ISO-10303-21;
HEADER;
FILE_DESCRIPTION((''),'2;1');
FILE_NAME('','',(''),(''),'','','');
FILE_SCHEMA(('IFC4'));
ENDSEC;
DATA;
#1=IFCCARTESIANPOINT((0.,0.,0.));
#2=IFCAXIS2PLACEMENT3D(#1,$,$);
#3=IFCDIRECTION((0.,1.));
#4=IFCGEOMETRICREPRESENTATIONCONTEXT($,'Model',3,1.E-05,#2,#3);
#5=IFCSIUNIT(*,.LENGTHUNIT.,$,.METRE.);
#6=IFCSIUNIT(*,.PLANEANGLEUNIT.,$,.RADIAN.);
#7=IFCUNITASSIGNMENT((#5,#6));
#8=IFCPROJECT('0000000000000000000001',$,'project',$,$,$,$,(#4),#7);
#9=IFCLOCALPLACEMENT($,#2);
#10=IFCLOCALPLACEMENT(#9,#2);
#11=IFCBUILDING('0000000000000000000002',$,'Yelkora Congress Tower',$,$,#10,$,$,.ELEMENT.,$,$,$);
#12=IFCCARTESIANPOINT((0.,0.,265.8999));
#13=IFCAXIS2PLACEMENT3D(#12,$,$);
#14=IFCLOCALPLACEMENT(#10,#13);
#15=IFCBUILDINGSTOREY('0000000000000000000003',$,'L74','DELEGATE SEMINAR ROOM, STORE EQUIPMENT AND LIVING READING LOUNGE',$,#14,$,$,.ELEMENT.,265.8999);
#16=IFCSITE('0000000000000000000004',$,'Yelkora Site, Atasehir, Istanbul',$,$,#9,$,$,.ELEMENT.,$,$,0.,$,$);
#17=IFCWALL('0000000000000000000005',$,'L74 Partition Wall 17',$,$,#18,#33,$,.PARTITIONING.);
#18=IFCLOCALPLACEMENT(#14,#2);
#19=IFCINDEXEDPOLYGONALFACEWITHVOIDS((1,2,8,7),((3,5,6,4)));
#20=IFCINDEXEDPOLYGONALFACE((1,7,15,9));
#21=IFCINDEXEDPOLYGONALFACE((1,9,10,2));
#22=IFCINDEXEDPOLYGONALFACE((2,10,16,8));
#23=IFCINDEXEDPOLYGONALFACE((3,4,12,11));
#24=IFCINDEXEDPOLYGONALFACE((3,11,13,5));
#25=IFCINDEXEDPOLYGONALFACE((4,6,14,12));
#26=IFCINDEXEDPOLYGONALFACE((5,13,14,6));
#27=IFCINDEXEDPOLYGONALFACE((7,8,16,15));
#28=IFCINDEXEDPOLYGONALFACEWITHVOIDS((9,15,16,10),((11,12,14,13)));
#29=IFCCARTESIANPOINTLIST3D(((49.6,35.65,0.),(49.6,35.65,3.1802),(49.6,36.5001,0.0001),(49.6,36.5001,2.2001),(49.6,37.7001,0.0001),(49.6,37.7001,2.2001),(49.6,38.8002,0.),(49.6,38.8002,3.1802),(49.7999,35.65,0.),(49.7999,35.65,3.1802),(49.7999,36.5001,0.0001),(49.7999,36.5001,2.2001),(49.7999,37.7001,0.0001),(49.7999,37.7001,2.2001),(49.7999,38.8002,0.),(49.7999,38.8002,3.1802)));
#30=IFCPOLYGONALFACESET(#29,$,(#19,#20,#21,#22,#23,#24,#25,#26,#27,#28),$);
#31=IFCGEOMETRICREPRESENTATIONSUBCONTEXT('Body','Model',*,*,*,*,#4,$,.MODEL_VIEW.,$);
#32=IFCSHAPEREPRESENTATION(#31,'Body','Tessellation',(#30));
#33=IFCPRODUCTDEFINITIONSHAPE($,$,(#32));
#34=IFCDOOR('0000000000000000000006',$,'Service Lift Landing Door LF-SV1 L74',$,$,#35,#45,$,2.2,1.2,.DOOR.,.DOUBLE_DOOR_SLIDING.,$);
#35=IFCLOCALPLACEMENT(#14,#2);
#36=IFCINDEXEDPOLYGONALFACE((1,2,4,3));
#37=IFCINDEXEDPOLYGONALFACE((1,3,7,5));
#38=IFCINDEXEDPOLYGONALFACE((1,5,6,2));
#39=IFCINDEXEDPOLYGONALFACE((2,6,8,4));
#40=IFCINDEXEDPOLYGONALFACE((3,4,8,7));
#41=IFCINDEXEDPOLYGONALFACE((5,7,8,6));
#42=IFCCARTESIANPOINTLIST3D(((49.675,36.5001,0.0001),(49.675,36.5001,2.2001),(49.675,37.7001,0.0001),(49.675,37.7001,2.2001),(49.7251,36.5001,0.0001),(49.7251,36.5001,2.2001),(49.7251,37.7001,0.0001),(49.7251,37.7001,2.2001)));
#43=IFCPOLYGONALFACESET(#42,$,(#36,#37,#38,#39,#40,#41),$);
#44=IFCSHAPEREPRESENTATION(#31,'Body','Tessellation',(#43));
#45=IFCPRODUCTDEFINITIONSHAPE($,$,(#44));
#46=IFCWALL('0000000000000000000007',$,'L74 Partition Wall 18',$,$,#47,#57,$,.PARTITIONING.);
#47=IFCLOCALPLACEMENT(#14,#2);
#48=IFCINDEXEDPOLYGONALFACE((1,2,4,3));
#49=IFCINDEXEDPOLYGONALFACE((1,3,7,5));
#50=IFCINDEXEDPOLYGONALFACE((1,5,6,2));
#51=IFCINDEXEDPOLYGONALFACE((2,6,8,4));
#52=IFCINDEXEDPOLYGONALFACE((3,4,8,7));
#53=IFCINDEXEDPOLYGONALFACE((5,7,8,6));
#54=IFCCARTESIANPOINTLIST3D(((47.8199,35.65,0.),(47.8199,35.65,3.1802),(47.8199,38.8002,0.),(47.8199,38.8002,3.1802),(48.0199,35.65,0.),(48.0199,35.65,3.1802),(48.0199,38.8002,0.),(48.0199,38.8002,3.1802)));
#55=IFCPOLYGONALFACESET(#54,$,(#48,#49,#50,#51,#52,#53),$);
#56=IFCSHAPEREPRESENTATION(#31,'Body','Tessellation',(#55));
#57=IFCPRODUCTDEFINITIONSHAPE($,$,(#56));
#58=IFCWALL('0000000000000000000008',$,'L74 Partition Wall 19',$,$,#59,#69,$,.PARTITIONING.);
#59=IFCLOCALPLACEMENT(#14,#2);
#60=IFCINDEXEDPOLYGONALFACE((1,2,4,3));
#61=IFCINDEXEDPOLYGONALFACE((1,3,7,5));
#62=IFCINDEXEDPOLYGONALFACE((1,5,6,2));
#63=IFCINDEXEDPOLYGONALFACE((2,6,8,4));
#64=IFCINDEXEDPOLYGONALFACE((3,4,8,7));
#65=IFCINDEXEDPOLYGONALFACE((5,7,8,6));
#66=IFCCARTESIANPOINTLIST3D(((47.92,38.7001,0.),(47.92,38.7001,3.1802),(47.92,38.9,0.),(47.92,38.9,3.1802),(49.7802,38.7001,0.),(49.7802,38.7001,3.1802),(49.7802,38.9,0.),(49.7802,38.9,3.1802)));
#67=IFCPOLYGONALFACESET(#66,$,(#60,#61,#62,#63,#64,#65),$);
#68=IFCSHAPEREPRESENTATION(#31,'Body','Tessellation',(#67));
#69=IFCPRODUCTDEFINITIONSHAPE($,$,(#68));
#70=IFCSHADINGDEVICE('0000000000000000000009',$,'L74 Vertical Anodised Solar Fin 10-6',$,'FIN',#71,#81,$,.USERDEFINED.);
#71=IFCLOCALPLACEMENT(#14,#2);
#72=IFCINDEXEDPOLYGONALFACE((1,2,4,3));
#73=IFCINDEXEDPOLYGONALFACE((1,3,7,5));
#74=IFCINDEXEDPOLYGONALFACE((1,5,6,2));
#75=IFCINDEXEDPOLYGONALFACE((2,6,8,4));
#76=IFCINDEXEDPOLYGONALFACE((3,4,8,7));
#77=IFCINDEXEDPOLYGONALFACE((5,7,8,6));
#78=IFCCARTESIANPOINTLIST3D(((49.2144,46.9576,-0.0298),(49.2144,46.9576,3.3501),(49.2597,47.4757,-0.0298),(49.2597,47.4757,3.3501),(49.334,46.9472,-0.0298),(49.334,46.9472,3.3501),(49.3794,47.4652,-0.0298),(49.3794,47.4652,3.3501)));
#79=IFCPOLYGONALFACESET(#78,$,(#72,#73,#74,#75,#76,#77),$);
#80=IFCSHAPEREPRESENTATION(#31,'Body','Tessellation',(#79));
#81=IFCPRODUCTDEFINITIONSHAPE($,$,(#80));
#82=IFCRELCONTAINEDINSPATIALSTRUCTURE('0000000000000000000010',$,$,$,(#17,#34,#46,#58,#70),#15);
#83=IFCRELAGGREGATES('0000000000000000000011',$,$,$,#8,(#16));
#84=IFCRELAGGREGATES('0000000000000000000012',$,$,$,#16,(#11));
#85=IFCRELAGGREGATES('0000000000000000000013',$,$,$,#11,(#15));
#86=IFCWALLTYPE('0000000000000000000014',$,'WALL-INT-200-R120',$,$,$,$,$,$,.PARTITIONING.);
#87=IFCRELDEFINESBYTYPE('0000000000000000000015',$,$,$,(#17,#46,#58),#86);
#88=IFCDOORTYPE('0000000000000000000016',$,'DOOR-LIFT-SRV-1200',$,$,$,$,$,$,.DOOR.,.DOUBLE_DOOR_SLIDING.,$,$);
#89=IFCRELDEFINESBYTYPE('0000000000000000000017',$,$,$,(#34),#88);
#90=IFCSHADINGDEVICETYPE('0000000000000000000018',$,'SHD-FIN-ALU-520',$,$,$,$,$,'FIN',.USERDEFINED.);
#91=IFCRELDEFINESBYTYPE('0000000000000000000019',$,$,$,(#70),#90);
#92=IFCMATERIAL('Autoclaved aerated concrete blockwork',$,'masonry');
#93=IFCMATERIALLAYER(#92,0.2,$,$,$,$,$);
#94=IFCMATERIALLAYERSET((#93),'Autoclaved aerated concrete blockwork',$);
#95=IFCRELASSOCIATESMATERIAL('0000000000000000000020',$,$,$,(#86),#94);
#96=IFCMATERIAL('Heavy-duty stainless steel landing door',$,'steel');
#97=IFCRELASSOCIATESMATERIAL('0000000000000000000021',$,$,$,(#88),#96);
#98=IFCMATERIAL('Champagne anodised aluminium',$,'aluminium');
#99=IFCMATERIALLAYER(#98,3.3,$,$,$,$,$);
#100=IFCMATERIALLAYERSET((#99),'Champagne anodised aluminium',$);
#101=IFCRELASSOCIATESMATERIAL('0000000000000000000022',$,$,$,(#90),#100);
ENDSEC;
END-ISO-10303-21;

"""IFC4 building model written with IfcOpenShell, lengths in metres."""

from ifc_helpers import new_model, si_unit, direction, frame, frame_2d, origin, origin_2d, place, context, subcontext, project, spatial, rectangle, extrude, material, layer, layer_set, type_object, element, fill, save


model = new_model("IFC4")

# Units and contexts
model_context = context("Model", 3, precision=1e-05, world=origin(), true_north=direction((0.0, 1.0)))
body_context = subcontext(model_context, "Body", "Model", "MODEL_VIEW")
ifc_project = project(units=[si_unit("LENGTHUNIT", "METRE"), si_unit("PLANEANGLEUNIT", "RADIAN")], contexts=[model_context])

# Site, building, storey
site_placement = place(None, origin())
site = spatial("IfcSite", under=ifc_project, at=site_placement, Name="Yelkora Site, Atasehir, Istanbul", CompositionType="ELEMENT", RefElevation=0.0)
building_placement = place(site_placement, origin())
building = spatial("IfcBuilding", under=site, at=building_placement, Name="Yelkora Congress Tower", CompositionType="ELEMENT")
storey_placement = place(building_placement, frame((0.0, 0.0, 265.8999)))
storey = spatial("IfcBuildingStorey", under=building, at=storey_placement, Name="L74", Description="DELEGATE SEMINAR ROOM, STORE EQUIPMENT AND LIVING READING LOUNGE", CompositionType="ELEMENT", Elevation=265.8999)

# Wall, opening, door
ifc_material_1 = material(Name="Autoclaved aerated concrete blockwork", Category="masonry")
ifc_layer_1 = layer(ifc_material_1, 0.2)
ifc_layer_set_1 = layer_set([ifc_layer_1], Name="Autoclaved aerated concrete blockwork")
wall_type_1 = type_object("IfcWallType", Name="WALL-INT-200-R120", PredefinedType="PARTITIONING", material=ifc_layer_set_1)
wall_1_placement = place(storey_placement, frame((49.7, 35.6499, 0.0), z_axis=(0.0, 0.0, 1.0), x_axis=(0.0, 1.0, 0.0)))
wall_1 = element("IfcWall", 1, at=wall_1_placement, inside=storey, type_object=wall_type_1, Name="L74 Partition Wall 17", PredefinedType="PARTITIONING", context=body_context, shape_type="SweptSolid", body=[
    extrude(rectangle(XDim=3.1501, YDim=0.2, at=frame_2d((1.5752, 0.0))), origin(), (0.0, 0.0, 1.0), 3.1802),
])
opening_1_placement = place(wall_1_placement, frame((0.8501, 0.0, 0.0)))
opening_1 = element("IfcOpeningElement", 2, at=opening_1_placement, cuts=wall_1, PredefinedType="OPENING", context=body_context, shape_type="SweptSolid", body=[
    extrude(rectangle(XDim=1.2, YDim=2.2, at=frame_2d((0.6001, 1.1001))), frame((0.0, 0.1099, 0.0), z_axis=(0.0, -1.0, 0.0), x_axis=(1.0, 0.0, 0.0)), (0.0, 0.0, 1.0), 0.22),
])
ifc_material_2 = material(Name="Heavy-duty stainless steel landing door", Category="steel")
door_type_1 = type_object("IfcDoorType", Name="DOOR-LIFT-SRV-1200", OperationType="DOUBLE_DOOR_SLIDING", PredefinedType="DOOR", material=ifc_material_2)
door_1_placement = place(opening_1_placement, origin())
door_1 = element("IfcDoor", 3, at=door_1_placement, inside=storey, type_object=door_type_1, Name="Service Lift Landing Door LF-SV1 L74", OperationType="DOUBLE_DOOR_SLIDING", OverallHeight=2.2, OverallWidth=1.2, PredefinedType="DOOR", context=body_context, shape_type="SweptSolid", body=[
    extrude(rectangle(XDim=1.2, YDim=2.2, at=frame_2d((0.6001, 1.1001))), frame((0.0, 0.0249, 0.0), z_axis=(0.0, -1.0, 0.0), x_axis=(1.0, 0.0, 0.0)), (0.0, 0.0, 1.0), 0.05),
])
fill(opening_1, door_1)

# Walls
wall_2_placement = place(storey_placement, frame((47.9199, 35.6499, 0.0), z_axis=(0.0, 0.0, 1.0), x_axis=(0.0, 1.0, 0.0)))
element("IfcWall", 4, at=wall_2_placement, inside=storey, type_object=wall_type_1, Name="L74 Partition Wall 18", PredefinedType="PARTITIONING", context=body_context, shape_type="SweptSolid", body=[
    extrude(rectangle(XDim=3.1501, YDim=0.2, at=frame_2d((1.5752, 0.0))), origin(), (0.0, 0.0, 1.0), 3.1802),
])
wall_3_placement = place(storey_placement, frame((47.9199, 38.8, 0.0), z_axis=(0.0, 0.0, 1.0), x_axis=(1.0, 0.0, 0.0)))
element("IfcWall", 5, at=wall_3_placement, inside=storey, type_object=wall_type_1, Name="L74 Partition Wall 19", PredefinedType="PARTITIONING", context=body_context, shape_type="SweptSolid", body=[
    extrude(rectangle(XDim=1.8601, YDim=0.2, at=frame_2d((0.9302, 0.0))), origin(), (0.0, 0.0, 1.0), 3.1802),
])

# Shading device
ifc_material_3 = material(Name="Champagne anodised aluminium", Category="aluminium")
ifc_layer_2 = layer(ifc_material_3, 3.3)
ifc_layer_set_2 = layer_set([ifc_layer_2], Name="Champagne anodised aluminium")
shading_device_type = type_object("IfcShadingDeviceType", Name="SHD-FIN-ALU-520", ElementType="FIN", PredefinedType="USERDEFINED", material=ifc_layer_set_2)
shading_device_placement = place(storey_placement, frame((49.2969, 47.2114, -0.0298), z_axis=(0.0, 0.0, 1.0), x_axis=(0.996195, -0.087156, 0.0)))
element("IfcShadingDevice", 6, at=shading_device_placement, inside=storey, type_object=shading_device_type, Name="L74 Vertical Anodised Solar Fin 10-6", ObjectType="FIN", PredefinedType="USERDEFINED", context=body_context, shape_type="SweptSolid", body=[
    extrude(rectangle(XDim=0.1201, YDim=0.52, at=origin_2d()), origin(), (0.0, 0.0, 1.0), 3.3799),
])

save(model, "model.ifc")
